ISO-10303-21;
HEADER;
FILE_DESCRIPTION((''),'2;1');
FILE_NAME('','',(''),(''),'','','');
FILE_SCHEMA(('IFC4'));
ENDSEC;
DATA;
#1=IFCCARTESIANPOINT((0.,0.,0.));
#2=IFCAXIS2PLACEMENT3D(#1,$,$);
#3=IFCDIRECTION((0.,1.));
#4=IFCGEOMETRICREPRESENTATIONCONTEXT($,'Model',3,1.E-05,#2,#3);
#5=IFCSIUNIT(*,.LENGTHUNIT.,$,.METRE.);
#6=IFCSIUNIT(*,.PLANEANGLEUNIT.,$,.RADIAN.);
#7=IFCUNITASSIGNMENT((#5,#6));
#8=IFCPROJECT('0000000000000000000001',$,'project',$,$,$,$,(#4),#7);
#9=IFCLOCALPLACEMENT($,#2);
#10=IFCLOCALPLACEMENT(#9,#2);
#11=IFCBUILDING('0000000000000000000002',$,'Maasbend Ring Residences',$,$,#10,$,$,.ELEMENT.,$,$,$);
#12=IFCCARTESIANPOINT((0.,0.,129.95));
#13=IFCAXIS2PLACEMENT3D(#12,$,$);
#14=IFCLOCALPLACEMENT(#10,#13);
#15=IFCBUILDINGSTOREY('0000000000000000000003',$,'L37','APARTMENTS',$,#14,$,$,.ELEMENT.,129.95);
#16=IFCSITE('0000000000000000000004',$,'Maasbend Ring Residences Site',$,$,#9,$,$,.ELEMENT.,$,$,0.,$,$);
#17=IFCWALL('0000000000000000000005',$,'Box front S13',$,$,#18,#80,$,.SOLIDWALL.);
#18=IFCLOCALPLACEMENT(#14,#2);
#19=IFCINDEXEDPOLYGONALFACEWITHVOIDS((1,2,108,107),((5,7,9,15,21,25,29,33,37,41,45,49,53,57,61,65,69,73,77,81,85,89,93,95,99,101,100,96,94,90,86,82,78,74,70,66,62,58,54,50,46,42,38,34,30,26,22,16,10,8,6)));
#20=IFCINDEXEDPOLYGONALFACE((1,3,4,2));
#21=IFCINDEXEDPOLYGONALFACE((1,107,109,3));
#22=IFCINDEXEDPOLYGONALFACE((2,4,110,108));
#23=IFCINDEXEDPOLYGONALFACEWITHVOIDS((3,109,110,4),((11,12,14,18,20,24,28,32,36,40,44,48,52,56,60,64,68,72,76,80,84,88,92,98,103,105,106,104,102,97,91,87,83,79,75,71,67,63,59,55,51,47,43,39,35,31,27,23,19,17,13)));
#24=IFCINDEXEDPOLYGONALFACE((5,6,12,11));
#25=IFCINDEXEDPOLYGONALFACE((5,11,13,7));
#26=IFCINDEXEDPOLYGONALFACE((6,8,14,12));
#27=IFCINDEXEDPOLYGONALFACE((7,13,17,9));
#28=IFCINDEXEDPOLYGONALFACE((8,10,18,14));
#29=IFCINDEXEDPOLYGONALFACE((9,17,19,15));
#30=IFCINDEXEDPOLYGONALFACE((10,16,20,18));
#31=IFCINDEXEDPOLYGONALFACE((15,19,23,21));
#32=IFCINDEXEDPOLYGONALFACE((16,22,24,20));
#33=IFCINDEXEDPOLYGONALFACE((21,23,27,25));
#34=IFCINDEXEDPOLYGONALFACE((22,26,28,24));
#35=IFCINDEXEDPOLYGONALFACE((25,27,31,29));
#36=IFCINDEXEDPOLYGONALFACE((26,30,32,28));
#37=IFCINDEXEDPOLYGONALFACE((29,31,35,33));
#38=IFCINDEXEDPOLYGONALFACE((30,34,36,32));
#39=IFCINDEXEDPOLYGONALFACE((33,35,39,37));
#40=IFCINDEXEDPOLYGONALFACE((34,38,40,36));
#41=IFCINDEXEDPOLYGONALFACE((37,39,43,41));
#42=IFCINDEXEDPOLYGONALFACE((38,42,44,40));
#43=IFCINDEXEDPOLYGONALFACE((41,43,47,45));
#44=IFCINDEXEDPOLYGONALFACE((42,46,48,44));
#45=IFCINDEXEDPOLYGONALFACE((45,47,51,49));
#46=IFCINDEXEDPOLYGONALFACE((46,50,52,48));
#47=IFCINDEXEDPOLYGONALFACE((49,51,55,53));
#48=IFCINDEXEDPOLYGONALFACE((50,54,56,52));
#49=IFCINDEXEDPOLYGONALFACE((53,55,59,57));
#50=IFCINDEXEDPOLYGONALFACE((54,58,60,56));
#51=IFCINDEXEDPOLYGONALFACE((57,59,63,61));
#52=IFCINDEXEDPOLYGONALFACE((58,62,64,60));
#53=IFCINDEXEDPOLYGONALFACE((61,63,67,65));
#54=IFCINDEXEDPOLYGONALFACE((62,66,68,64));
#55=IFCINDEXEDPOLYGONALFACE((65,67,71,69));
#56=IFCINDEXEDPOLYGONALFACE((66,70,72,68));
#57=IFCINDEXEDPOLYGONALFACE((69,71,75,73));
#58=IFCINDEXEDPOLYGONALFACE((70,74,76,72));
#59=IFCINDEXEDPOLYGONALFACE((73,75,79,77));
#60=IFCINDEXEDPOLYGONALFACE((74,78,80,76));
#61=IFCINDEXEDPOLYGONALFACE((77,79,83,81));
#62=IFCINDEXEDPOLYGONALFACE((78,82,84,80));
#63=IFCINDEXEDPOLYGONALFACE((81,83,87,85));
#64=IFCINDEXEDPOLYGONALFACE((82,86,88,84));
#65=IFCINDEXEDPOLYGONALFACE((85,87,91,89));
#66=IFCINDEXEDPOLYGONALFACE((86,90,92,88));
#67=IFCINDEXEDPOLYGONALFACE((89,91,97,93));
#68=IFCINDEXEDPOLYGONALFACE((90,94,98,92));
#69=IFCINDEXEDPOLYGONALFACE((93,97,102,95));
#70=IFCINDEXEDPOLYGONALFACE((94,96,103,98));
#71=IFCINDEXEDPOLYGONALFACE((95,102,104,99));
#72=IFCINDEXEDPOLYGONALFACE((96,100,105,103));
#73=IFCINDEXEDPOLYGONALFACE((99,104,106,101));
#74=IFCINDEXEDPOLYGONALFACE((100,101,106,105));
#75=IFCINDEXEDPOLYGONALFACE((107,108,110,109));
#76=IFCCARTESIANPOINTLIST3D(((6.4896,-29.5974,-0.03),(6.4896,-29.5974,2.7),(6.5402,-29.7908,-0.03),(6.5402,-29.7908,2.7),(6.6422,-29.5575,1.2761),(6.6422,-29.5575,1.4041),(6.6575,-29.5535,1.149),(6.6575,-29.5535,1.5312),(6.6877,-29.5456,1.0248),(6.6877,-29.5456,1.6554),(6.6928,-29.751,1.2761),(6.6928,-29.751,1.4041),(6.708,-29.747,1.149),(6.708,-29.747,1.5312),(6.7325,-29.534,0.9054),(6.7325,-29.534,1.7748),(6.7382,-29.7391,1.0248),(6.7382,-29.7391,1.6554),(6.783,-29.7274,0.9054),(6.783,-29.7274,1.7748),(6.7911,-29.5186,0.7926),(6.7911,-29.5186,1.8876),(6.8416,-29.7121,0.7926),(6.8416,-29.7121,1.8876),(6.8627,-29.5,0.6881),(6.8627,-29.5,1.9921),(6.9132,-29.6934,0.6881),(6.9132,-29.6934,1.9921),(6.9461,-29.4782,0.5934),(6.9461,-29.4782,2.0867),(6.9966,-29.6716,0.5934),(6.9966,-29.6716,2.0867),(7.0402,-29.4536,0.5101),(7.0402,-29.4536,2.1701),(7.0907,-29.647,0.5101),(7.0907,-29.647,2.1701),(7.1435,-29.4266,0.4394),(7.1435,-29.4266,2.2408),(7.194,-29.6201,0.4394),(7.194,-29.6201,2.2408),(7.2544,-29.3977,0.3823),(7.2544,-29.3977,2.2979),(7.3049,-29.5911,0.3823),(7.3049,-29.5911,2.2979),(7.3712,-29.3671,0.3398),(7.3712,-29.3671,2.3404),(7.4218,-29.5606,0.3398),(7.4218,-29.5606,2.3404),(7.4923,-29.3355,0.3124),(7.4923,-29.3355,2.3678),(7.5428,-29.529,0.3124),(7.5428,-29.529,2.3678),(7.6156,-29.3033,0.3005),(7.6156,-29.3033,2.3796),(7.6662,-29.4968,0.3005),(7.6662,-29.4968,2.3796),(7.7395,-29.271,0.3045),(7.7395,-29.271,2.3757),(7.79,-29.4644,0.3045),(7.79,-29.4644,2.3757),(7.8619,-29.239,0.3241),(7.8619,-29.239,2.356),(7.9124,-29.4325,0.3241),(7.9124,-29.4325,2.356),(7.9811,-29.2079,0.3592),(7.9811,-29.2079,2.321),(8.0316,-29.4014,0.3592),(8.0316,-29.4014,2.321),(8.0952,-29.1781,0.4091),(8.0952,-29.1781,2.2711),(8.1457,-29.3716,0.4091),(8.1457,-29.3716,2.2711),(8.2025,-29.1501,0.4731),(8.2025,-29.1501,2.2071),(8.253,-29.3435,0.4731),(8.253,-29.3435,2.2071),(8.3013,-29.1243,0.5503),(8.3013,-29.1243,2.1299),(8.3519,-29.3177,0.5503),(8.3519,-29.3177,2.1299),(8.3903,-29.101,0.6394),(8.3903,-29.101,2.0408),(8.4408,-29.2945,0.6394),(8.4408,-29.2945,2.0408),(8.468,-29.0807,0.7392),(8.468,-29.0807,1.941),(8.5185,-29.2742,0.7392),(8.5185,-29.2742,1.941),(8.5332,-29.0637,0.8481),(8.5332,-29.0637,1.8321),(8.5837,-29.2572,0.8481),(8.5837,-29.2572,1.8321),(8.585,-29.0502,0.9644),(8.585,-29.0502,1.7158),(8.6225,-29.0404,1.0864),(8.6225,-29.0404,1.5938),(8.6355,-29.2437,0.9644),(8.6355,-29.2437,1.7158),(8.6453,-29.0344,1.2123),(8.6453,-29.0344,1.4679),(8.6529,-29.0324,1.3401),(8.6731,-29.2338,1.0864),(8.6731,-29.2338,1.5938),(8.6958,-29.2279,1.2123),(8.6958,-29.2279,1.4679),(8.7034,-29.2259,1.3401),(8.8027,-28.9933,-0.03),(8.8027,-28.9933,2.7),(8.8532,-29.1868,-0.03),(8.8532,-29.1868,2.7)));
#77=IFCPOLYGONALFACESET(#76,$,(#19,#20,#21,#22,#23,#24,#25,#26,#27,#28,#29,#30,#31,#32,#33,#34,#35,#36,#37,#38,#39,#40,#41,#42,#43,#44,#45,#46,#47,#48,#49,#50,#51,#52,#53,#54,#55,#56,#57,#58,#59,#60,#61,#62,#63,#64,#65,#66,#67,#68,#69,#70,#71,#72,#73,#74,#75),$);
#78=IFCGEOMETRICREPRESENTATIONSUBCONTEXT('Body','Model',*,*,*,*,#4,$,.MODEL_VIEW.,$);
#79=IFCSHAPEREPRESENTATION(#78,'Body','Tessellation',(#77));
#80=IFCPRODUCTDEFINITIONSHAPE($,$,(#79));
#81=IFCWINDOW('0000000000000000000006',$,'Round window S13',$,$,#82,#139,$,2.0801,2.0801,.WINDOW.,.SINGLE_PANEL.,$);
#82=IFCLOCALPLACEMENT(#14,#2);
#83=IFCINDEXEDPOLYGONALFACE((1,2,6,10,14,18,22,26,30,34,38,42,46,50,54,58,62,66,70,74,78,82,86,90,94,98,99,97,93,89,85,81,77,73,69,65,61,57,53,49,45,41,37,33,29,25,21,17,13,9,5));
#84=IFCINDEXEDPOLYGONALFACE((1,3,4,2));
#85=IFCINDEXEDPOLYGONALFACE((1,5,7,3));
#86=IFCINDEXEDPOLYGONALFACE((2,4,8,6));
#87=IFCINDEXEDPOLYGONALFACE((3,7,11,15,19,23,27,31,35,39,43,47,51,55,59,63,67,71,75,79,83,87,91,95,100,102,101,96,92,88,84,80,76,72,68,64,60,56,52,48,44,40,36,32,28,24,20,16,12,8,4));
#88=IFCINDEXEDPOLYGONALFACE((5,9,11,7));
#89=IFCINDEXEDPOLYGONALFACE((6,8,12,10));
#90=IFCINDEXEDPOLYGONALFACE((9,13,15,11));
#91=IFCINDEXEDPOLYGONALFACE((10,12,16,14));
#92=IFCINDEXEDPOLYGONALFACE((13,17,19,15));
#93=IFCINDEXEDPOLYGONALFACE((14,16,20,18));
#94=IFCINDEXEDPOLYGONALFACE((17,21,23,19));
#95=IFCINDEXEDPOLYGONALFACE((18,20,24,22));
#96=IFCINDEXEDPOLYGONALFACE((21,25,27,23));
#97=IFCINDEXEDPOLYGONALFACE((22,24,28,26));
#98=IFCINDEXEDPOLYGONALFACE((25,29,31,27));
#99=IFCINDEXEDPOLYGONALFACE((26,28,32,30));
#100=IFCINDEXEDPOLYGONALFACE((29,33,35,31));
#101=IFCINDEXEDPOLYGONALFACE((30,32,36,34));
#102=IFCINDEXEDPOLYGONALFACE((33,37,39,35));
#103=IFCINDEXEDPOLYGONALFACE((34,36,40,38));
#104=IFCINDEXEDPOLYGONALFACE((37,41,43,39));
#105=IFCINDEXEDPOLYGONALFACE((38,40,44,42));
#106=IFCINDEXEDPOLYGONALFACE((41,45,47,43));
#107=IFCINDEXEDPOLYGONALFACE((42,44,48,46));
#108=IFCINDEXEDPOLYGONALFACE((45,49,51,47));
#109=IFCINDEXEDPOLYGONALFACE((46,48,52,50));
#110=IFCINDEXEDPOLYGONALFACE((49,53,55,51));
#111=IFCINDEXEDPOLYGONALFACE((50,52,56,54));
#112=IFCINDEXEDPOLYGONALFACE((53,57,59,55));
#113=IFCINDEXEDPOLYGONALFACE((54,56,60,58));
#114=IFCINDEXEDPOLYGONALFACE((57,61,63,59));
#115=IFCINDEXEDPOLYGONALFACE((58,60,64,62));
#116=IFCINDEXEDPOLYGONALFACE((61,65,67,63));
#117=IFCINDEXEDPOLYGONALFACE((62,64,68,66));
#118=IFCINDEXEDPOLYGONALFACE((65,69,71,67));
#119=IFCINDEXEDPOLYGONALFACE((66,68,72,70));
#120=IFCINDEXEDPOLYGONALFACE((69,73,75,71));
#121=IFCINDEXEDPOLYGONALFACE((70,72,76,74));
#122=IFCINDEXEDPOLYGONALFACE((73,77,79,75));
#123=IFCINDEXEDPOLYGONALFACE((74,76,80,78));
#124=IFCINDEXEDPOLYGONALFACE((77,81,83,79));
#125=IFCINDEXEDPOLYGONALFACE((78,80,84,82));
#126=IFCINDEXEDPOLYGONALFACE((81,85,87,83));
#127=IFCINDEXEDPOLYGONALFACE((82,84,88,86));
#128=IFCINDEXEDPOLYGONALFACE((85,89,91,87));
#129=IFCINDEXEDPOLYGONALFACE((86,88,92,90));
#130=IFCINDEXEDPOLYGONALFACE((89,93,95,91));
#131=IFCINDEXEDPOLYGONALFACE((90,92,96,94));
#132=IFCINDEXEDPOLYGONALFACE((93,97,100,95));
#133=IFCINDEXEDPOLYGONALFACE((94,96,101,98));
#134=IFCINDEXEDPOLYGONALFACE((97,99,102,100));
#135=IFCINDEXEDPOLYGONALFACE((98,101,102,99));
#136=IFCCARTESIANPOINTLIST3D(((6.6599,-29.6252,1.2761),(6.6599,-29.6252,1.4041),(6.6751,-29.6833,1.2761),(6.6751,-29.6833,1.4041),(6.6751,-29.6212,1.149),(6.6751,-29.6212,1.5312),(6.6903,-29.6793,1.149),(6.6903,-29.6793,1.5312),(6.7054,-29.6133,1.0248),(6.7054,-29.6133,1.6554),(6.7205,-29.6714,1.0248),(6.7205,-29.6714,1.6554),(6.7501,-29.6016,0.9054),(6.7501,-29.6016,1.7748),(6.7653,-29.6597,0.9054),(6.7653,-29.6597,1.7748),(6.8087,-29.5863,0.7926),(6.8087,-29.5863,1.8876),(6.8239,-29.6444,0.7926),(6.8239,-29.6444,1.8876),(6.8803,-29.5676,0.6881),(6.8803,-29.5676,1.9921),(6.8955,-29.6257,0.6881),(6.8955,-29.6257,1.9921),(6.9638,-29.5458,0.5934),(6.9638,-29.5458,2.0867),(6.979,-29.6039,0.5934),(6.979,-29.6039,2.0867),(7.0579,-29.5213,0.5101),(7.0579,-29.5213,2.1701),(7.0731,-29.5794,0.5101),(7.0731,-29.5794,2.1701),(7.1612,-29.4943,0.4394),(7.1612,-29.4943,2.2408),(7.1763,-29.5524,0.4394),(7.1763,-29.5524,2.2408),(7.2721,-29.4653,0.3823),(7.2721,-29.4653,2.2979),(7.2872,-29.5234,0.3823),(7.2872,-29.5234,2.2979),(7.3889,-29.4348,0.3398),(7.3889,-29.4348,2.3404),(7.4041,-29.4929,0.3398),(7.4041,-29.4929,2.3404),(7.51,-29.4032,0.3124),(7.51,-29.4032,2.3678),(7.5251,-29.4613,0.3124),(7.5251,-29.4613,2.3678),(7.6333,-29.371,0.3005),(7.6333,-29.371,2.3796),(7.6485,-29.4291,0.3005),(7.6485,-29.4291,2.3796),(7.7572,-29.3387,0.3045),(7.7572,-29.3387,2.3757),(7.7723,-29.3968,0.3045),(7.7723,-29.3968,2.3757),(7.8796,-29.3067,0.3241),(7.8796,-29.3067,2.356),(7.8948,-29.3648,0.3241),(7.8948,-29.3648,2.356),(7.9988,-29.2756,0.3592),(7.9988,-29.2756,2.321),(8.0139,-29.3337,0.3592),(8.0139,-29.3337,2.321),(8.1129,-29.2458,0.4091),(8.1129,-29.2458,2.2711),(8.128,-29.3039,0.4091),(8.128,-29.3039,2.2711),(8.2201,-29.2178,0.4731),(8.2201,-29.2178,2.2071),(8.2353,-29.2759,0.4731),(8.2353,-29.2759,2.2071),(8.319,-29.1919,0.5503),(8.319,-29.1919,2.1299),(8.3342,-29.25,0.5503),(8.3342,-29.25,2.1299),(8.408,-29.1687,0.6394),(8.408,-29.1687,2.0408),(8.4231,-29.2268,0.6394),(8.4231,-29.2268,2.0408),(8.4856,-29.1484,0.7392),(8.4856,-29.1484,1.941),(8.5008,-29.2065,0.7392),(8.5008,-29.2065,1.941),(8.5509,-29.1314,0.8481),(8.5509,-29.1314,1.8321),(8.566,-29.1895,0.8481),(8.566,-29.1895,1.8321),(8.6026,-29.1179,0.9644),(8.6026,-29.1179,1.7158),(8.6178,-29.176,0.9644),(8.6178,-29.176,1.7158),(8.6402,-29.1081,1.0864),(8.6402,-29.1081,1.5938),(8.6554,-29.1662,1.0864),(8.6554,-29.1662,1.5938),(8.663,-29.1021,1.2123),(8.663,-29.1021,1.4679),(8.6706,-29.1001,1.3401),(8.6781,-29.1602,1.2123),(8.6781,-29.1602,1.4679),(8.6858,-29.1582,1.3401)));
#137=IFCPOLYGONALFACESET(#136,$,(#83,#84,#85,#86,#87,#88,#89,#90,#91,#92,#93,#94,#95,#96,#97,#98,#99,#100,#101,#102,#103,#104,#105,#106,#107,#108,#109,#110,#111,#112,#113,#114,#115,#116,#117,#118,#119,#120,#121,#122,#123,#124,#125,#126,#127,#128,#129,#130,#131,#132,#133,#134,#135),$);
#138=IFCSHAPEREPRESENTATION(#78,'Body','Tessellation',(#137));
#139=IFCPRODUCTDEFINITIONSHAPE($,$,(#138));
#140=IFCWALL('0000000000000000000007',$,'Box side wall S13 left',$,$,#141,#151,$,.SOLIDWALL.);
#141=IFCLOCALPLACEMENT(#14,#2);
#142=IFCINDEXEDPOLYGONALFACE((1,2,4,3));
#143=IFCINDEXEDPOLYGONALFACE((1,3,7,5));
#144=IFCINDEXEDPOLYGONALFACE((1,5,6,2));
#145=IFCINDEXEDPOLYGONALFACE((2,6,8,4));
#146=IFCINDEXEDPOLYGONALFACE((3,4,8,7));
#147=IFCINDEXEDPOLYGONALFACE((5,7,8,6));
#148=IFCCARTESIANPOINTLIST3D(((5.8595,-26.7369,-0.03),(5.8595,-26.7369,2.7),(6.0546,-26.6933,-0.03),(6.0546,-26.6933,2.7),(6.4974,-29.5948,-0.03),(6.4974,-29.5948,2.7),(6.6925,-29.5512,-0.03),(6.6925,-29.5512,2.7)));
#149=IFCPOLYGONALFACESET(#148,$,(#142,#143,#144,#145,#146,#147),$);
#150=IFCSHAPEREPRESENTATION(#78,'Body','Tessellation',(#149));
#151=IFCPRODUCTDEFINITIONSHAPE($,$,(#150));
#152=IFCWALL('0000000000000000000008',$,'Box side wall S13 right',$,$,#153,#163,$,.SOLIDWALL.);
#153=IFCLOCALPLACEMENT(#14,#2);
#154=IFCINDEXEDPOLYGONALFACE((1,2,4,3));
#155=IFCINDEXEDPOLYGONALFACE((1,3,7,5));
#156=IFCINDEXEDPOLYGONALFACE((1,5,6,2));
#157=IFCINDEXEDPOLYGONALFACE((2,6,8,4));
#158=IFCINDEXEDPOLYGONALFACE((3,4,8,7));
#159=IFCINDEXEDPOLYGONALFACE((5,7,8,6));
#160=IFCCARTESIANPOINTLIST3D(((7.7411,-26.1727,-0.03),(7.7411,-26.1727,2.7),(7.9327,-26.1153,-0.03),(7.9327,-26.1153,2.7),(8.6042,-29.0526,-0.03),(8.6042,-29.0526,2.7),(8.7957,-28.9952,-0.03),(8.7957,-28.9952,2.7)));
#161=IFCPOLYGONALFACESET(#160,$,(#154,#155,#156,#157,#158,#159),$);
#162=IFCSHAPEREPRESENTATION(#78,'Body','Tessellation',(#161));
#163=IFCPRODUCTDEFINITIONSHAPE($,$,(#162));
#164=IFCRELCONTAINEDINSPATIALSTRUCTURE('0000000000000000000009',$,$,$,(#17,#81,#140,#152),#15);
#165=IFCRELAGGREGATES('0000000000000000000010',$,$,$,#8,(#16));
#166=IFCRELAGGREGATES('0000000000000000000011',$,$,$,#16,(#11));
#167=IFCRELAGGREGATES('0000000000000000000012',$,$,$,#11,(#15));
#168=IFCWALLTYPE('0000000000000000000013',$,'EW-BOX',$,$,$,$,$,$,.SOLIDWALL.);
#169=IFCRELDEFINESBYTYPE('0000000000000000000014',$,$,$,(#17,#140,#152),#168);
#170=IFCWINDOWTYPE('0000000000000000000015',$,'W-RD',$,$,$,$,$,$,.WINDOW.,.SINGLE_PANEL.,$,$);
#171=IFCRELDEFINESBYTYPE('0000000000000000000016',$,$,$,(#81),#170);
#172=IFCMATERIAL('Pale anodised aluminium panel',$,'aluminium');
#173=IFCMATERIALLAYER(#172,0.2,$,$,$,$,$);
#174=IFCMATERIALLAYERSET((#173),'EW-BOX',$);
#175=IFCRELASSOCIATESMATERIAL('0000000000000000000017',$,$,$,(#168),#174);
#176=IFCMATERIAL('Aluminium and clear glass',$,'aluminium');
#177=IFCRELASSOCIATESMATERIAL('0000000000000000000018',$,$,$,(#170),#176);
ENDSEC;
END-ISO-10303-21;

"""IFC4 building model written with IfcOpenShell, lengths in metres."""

from ifc_helpers import new_model, si_unit, direction, frame, frame_2d, origin, place, context, subcontext, project, spatial, rectangle, circle, extrude, material, layer, layer_set, type_object, element, fill, save


model = new_model("IFC4")

# Units and contexts
model_context = context("Model", 3, precision=1e-05, world=origin(), true_north=direction((0.0, 1.0)))
body_context = subcontext(model_context, "Body", "Model", "MODEL_VIEW")
ifc_project = project(units=[si_unit("LENGTHUNIT", "METRE"), si_unit("PLANEANGLEUNIT", "RADIAN")], contexts=[model_context])

# Site, building, storey
site_placement = place(None, origin())
site = spatial("IfcSite", under=ifc_project, at=site_placement, Name="Maasbend Ring Residences Site", CompositionType="ELEMENT", RefElevation=0.0)
building_placement = place(site_placement, origin())
building = spatial("IfcBuilding", under=site, at=building_placement, Name="Maasbend Ring Residences", CompositionType="ELEMENT")
storey_placement = place(building_placement, frame((0.0, 0.0, 129.95)))
storey = spatial("IfcBuildingStorey", under=building, at=storey_placement, Name="L37", Description="APARTMENTS", CompositionType="ELEMENT", Elevation=129.95)

# Shared definitions
ifc_material_1 = material(Name="Pale anodised aluminium panel", Category="aluminium")
ifc_layer_1 = layer(ifc_material_1, 0.2)
ifc_layer_set_1 = layer_set([ifc_layer_1], Name="EW-BOX")
wall_type_1 = type_object("IfcWallType", Name="EW-BOX", PredefinedType="SOLIDWALL", material=ifc_layer_set_1)

# Wall, opening, window
wall_1_placement = place(storey_placement, frame((6.5149, -29.6941, -0.03), z_axis=(0.0, 0.0, 1.0), x_axis=(0.967554, 0.252663, 0.0)))
wall_1 = element("IfcWall", 1, at=wall_1_placement, inside=storey, type_object=wall_type_1, Name="Box front S13", PredefinedType="SOLIDWALL", context=body_context, shape_type="SweptSolid", body=[
    extrude(rectangle(XDim=2.3906, YDim=0.2, at=frame_2d((1.1953, 0.0))), origin(), (0.0, 0.0, 1.0), 2.73),
])
opening_1_placement = place(wall_1_placement, frame((0.1558, 0.0, 0.3301)))
opening_1 = element("IfcOpeningElement", 2, at=opening_1_placement, cuts=wall_1, PredefinedType="OPENING", context=body_context, shape_type="SweptSolid", body=[
    extrude(circle(Radius=1.04, at=frame_2d((1.04, 1.04))), frame((0.0, 0.1099, 0.0), z_axis=(0.0, -1.0, 0.0), x_axis=(1.0, 0.0, 0.0)), (0.0, 0.0, 1.0), 0.22),
])
ifc_material_2 = material(Name="Aluminium and clear glass", Category="aluminium")
window_type_1 = type_object("IfcWindowType", Name="W-RD", PartitioningType="SINGLE_PANEL", PredefinedType="WINDOW", material=ifc_material_2)
window_1_placement = place(opening_1_placement, origin())
window_1 = element("IfcWindow", 3, at=window_1_placement, inside=storey, type_object=window_type_1, Name="Round window S13", OverallHeight=2.0801, OverallWidth=2.0801, PartitioningType="SINGLE_PANEL", PredefinedType="WINDOW", context=body_context, shape_type="SweptSolid", body=[
    extrude(circle(Radius=1.04, at=frame_2d((1.04, 1.04))), frame((0.0, 0.03, 0.0), z_axis=(0.0, -1.0, 0.0), x_axis=(1.0, 0.0, 0.0)), (0.0, 0.0, 1.0), 0.0601),
])
fill(opening_1, window_1)

# Walls
wall_2_placement = place(storey_placement, frame((5.957, -26.7151, -0.03), z_axis=(0.0, 0.0, 1.0), x_axis=(0.217857, -0.975981, 0.0)))
element("IfcWall", 4, at=wall_2_placement, inside=storey, type_object=wall_type_1, Name="Box side wall S13 left", PredefinedType="SOLIDWALL", context=body_context, shape_type="SweptSolid", body=[
    extrude(rectangle(XDim=2.9282, YDim=0.2, at=frame_2d((1.4641, 0.0))), origin(), (0.0, 0.0, 1.0), 2.73),
])
wall_3_placement = place(storey_placement, frame((7.8369, -26.144, -0.03), z_axis=(0.0, 0.0, 1.0), x_axis=(0.287065, -0.957911, 0.0)))
element("IfcWall", 5, at=wall_3_placement, inside=storey, type_object=wall_type_1, Name="Box side wall S13 right", PredefinedType="SOLIDWALL", context=body_context, shape_type="SweptSolid", body=[
    extrude(rectangle(XDim=3.0063, YDim=0.2, at=frame_2d((1.5032, 0.0))), origin(), (0.0, 0.0, 1.0), 2.73),
])

save(model, "model.ifc")
